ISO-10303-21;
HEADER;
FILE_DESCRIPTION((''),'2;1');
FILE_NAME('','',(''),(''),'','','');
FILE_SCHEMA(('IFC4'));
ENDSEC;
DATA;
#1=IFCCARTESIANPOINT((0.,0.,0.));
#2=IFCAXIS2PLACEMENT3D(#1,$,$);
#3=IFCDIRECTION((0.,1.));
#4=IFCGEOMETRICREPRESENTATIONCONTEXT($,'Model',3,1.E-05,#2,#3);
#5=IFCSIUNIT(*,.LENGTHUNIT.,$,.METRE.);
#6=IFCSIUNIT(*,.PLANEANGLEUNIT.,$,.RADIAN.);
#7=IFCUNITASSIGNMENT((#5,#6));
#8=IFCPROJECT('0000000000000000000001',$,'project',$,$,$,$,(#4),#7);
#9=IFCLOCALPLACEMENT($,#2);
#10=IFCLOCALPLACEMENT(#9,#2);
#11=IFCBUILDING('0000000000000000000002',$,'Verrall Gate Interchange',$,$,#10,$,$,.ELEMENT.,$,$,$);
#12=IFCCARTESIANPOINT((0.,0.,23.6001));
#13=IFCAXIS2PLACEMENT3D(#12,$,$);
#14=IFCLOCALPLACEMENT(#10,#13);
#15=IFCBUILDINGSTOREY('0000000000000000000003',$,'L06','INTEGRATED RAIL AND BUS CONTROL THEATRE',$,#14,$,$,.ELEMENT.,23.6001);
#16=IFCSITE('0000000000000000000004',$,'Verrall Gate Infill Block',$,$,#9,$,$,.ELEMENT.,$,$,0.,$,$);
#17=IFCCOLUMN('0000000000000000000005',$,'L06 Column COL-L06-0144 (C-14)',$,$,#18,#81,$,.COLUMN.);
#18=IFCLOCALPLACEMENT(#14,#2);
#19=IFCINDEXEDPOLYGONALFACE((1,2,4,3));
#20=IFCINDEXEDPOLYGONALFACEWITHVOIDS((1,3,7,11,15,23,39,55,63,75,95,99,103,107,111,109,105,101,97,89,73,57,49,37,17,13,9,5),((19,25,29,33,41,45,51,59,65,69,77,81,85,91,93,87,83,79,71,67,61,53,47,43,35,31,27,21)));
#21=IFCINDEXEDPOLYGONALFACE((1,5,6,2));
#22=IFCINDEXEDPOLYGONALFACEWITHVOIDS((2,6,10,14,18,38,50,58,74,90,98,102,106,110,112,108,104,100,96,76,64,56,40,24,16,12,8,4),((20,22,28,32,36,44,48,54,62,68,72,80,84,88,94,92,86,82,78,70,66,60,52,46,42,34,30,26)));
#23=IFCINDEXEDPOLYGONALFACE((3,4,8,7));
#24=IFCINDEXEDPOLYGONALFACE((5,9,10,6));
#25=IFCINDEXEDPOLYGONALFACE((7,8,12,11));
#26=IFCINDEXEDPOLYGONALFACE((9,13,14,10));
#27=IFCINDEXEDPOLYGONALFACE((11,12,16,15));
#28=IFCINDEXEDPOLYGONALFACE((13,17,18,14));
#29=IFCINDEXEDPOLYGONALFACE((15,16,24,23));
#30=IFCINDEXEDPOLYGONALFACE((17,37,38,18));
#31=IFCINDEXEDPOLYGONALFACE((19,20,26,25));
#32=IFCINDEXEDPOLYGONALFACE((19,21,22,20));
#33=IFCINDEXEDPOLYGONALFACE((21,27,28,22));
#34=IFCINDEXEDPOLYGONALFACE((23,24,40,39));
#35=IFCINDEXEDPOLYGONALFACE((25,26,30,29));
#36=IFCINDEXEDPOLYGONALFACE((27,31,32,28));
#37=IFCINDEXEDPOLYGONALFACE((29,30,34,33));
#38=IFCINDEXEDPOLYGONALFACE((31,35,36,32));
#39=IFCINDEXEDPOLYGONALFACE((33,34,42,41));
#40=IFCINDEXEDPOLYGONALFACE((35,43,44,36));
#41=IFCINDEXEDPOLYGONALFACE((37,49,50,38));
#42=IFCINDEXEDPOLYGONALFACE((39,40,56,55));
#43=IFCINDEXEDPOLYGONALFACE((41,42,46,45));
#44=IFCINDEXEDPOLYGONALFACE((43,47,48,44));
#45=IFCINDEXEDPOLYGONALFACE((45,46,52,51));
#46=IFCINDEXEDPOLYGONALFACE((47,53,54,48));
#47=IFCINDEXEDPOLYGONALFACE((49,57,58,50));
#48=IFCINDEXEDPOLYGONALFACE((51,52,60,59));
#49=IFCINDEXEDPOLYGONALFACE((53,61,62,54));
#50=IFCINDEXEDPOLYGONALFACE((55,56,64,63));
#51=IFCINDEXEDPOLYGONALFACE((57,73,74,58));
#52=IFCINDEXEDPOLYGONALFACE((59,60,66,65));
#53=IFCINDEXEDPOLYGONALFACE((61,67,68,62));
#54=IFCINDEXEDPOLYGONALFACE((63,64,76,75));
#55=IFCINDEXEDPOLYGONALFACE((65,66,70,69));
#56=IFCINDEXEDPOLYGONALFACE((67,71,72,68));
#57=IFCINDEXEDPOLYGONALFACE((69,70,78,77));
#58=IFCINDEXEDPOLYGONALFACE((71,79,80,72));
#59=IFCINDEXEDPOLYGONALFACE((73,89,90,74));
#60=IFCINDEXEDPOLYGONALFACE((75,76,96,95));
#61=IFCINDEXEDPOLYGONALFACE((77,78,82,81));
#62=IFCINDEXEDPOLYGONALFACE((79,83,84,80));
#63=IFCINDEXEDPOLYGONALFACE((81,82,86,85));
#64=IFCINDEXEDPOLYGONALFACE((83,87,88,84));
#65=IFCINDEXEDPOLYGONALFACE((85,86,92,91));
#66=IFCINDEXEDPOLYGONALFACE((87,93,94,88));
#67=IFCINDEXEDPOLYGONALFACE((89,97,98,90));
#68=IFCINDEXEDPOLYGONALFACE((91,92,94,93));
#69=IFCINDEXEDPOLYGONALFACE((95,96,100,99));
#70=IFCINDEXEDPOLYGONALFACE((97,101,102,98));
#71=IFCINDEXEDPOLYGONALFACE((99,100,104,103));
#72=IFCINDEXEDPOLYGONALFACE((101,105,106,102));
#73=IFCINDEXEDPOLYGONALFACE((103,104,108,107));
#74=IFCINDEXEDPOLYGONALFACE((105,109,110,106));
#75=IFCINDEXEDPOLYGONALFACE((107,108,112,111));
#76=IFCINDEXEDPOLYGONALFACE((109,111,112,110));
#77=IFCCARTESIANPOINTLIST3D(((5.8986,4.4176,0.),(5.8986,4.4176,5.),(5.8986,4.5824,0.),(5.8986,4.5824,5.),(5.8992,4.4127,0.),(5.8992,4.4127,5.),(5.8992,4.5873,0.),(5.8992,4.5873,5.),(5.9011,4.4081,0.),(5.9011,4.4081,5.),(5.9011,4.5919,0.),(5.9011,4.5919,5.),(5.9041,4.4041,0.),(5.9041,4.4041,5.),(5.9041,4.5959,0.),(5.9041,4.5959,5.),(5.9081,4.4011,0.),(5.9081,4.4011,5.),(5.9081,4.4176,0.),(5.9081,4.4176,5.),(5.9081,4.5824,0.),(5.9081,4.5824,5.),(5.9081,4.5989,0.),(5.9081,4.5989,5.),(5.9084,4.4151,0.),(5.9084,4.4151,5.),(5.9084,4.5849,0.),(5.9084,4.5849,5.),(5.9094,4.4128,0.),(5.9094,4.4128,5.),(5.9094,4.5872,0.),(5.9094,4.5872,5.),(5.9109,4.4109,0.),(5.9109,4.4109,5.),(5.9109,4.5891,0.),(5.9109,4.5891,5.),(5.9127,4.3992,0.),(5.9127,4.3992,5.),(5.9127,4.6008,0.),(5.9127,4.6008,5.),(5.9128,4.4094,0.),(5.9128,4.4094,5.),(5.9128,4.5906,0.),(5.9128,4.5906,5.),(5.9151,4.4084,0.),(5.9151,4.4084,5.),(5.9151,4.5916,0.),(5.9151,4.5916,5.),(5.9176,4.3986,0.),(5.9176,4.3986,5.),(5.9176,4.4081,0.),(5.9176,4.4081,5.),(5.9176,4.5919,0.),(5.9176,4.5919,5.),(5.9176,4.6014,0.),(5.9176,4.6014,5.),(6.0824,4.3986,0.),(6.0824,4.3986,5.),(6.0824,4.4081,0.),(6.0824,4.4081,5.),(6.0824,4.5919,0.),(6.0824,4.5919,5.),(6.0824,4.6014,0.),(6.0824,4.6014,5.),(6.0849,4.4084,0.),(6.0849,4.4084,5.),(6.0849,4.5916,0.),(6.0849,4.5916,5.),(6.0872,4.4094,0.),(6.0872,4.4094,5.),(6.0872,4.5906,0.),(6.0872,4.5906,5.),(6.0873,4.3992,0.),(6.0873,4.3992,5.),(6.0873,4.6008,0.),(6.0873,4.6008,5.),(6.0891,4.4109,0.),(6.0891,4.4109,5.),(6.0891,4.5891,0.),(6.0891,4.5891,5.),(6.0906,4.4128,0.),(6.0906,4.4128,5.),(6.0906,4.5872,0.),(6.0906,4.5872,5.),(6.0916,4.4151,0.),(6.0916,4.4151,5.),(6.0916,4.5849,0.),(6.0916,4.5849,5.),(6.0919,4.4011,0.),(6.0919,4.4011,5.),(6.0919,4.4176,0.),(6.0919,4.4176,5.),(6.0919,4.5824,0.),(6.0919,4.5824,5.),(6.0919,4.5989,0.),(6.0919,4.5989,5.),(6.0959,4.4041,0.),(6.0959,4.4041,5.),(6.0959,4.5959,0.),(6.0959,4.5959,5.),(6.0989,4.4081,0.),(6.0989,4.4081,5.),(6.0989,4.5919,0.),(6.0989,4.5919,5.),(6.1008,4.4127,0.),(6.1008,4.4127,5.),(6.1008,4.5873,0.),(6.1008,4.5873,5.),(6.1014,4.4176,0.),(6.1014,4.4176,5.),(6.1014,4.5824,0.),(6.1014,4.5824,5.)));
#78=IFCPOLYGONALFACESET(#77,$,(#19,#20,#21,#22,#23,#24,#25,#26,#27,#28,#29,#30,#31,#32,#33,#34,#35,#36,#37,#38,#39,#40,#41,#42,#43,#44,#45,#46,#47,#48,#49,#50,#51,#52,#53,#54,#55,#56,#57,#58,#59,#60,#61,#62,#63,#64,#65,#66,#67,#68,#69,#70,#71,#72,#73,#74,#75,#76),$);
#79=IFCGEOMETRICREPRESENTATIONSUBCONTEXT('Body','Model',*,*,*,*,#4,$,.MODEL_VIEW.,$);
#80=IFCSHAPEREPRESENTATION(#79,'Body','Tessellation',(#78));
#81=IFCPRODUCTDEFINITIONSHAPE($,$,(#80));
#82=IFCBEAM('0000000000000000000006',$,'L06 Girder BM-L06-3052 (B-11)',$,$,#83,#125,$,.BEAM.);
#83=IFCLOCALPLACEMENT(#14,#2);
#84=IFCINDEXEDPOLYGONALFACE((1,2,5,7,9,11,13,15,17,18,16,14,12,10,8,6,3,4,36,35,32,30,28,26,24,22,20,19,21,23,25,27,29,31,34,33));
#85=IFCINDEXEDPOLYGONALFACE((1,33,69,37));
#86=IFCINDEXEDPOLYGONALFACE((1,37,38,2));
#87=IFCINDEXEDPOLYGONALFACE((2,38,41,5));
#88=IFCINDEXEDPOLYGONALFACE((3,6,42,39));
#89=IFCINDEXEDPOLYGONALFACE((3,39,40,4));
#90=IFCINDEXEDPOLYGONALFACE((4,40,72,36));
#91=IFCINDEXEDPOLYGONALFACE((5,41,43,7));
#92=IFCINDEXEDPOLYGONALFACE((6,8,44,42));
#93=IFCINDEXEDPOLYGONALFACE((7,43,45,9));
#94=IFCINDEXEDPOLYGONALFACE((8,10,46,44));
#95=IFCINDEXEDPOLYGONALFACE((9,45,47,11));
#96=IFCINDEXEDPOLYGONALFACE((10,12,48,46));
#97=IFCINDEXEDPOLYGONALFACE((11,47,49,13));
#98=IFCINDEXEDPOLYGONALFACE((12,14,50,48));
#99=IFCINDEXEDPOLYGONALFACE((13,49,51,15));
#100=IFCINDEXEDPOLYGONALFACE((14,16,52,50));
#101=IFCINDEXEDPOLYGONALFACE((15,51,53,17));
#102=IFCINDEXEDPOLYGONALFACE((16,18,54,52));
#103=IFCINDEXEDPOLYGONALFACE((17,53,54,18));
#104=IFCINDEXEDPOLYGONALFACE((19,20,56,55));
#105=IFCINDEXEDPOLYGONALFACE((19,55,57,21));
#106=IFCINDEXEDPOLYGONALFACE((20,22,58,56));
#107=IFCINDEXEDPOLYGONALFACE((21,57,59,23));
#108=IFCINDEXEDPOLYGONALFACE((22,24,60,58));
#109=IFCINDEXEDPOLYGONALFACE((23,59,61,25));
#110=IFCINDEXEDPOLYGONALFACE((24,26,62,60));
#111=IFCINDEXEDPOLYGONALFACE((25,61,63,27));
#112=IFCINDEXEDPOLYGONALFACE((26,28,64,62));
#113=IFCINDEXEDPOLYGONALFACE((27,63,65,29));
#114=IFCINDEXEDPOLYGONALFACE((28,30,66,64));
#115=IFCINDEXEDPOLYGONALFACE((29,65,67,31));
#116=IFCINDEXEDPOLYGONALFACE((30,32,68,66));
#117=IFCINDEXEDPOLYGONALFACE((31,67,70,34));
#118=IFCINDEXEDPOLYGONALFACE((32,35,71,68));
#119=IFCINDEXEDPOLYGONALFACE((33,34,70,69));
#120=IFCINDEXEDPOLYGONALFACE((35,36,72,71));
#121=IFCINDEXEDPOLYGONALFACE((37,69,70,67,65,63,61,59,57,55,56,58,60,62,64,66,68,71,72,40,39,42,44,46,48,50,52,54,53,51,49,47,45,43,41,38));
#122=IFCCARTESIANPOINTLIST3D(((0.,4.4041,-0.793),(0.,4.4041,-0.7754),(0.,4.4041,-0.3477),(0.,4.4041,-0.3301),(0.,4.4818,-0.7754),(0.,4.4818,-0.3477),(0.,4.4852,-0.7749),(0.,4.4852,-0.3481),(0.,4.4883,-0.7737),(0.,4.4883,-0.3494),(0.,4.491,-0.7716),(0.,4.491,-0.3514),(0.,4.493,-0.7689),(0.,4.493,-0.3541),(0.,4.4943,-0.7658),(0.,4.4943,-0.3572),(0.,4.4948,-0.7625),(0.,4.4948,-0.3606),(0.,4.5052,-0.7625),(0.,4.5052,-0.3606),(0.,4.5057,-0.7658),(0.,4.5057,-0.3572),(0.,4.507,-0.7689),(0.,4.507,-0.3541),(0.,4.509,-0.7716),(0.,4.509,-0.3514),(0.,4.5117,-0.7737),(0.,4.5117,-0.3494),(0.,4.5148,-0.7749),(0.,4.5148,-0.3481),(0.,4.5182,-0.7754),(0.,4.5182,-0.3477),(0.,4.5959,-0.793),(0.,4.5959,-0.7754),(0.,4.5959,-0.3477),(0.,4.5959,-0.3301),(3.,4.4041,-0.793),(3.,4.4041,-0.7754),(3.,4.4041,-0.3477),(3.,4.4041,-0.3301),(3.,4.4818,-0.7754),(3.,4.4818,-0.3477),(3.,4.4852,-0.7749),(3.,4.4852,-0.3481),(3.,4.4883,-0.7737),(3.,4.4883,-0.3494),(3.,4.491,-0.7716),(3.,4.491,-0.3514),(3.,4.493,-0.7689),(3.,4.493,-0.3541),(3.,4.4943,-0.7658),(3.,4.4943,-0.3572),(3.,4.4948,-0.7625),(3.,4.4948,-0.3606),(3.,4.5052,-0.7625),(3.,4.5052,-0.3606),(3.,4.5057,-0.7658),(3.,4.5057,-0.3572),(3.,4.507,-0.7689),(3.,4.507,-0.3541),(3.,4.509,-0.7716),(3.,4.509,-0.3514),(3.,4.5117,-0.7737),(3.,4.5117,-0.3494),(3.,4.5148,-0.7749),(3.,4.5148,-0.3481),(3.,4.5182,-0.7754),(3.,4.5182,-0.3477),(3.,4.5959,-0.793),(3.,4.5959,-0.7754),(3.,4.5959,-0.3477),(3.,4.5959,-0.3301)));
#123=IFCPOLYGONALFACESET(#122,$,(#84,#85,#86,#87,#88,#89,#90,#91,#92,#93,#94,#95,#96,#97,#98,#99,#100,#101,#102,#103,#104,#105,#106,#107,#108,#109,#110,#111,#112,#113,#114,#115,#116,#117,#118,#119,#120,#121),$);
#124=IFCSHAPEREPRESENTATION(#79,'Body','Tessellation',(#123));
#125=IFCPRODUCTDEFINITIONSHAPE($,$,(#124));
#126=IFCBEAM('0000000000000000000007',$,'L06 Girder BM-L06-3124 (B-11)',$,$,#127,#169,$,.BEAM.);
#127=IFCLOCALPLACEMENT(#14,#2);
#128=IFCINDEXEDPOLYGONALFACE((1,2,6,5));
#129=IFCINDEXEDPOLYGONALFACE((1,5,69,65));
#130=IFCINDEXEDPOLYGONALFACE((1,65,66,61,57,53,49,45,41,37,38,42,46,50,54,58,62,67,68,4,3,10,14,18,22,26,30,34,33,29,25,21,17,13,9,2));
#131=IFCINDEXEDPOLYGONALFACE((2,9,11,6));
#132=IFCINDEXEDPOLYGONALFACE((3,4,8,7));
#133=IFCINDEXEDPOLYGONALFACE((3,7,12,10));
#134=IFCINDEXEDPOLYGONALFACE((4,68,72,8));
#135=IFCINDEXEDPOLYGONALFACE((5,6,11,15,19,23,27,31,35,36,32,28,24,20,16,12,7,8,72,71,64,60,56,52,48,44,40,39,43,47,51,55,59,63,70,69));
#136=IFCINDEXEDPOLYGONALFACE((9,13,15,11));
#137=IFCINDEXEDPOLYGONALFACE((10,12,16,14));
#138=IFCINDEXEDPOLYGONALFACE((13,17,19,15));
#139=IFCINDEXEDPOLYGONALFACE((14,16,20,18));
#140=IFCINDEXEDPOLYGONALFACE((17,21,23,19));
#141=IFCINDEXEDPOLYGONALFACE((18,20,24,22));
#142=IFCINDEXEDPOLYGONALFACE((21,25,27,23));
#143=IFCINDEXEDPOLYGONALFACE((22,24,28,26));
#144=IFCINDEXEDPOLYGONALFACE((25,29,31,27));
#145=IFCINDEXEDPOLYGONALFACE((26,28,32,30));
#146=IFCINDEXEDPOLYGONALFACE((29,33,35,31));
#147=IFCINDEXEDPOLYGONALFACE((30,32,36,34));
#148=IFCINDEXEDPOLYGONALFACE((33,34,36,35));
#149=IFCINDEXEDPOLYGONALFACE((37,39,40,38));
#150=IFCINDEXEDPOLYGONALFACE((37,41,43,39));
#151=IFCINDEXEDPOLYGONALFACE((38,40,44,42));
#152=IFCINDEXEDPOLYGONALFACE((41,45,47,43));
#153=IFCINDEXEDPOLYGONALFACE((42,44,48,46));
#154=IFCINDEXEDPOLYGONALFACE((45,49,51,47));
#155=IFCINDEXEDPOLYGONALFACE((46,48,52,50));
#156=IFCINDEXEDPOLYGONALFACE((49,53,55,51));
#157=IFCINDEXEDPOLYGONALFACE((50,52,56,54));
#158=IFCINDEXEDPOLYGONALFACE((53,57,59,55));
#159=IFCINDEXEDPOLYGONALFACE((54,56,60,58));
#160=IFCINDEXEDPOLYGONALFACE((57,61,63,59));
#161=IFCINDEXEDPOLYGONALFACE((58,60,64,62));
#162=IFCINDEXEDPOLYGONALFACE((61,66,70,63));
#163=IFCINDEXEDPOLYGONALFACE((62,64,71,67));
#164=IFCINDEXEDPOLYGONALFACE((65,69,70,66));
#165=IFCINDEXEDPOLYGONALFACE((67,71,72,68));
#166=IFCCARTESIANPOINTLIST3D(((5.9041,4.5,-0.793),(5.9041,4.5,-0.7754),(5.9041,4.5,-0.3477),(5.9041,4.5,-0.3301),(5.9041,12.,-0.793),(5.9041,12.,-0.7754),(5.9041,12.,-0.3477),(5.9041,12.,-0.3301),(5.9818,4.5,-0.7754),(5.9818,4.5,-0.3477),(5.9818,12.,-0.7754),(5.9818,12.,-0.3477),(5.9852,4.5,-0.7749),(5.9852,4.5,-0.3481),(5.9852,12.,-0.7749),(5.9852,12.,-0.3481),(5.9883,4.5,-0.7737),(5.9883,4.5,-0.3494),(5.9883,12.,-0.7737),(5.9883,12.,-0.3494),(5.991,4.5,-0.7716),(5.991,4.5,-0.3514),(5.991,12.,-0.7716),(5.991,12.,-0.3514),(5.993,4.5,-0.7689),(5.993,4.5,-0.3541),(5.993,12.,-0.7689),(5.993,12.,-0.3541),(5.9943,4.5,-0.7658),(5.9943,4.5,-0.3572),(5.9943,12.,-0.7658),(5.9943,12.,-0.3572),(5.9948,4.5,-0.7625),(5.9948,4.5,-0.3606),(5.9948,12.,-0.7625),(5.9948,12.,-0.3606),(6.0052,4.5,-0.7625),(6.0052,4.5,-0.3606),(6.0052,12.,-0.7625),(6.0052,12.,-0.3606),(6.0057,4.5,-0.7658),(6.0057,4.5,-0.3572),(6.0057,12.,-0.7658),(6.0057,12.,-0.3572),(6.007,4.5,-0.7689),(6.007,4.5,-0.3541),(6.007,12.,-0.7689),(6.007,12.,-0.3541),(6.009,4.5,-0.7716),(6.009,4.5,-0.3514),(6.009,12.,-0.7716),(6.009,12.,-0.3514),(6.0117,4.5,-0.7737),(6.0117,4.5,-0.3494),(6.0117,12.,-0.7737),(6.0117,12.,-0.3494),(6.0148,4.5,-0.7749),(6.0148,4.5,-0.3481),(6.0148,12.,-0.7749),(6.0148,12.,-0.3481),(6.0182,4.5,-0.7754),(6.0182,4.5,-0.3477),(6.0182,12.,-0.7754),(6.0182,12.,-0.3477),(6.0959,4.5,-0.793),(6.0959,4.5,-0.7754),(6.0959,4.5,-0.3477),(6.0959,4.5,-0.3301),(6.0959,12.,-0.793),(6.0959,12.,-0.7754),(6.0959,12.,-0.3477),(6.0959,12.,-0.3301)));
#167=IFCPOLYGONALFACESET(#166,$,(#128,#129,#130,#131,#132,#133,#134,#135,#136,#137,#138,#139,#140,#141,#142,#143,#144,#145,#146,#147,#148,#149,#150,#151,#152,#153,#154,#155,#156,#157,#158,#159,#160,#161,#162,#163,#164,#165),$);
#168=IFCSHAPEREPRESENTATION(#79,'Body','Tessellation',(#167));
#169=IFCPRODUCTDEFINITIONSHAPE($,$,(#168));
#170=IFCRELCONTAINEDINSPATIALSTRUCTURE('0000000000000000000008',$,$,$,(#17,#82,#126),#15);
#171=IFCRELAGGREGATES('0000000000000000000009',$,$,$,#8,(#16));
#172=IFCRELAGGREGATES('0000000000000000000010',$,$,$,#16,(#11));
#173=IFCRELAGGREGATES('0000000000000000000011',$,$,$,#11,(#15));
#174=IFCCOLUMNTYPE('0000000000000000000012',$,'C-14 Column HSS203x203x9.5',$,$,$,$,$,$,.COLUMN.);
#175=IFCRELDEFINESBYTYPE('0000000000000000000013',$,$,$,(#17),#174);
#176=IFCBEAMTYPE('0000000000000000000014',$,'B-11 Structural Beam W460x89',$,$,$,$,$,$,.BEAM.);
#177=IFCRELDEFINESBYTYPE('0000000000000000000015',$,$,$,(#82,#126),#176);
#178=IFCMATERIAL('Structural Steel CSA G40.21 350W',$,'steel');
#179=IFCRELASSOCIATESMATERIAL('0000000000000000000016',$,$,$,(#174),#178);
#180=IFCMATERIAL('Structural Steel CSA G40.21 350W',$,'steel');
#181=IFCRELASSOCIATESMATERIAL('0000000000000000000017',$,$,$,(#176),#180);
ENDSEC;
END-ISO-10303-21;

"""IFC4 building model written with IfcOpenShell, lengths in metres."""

from ifc_helpers import new_model, si_unit, direction, frame, origin, origin_2d, place, context, subcontext, project, spatial, hollow_rectangle, i_section, extrude, material, material_profile, profile_set, type_object, element, save


model = new_model("IFC4")

# Units and contexts
model_context = context("Model", 3, precision=1e-05, world=origin(), true_north=direction((0.0, 1.0)))
body_context = subcontext(model_context, "Body", "Model", "MODEL_VIEW")
ifc_project = project(units=[si_unit("LENGTHUNIT", "METRE"), si_unit("PLANEANGLEUNIT", "RADIAN")], contexts=[model_context])

# Site, building, storey
site_placement = place(None, origin())
site = spatial("IfcSite", under=ifc_project, at=site_placement, Name="Verrall Gate Infill Block", CompositionType="ELEMENT", RefElevation=0.0)
building_placement = place(site_placement, origin())
building = spatial("IfcBuilding", under=site, at=building_placement, Name="Verrall Gate Interchange", CompositionType="ELEMENT")
storey_placement = place(building_placement, frame((0.0, 0.0, 23.6001)))
storey = spatial("IfcBuildingStorey", under=building, at=storey_placement, Name="L06", Description="INTEGRATED RAIL AND BUS CONTROL THEATRE", CompositionType="ELEMENT", Elevation=23.6001)

# Column
ifc_material_1 = material(Name="Structural Steel CSA G40.21 350W", Category="steel")
ifc_material_profile_1 = material_profile(ifc_material_1, hollow_rectangle(XDim=0.2029, YDim=0.2029, WallThickness=0.0095, InnerFilletRadius=0.0095, OuterFilletRadius=0.019, at=origin_2d()), Name="HSS203x203x9.5")
ifc_profile_set_1 = profile_set([ifc_material_profile_1], Name="Structural Steel CSA G40.21 350W")
column_type = type_object("IfcColumnType", Name="C-14 Column HSS203x203x9.5", PredefinedType="COLUMN", material=ifc_profile_set_1)
column_placement = place(storey_placement, frame((6.0, 4.5, 0.0), z_axis=(0.0, 0.0, 1.0), x_axis=(1.0, 0.0, 0.0)))
element("IfcColumn", 1, at=column_placement, inside=storey, type_object=column_type, Name="L06 Column COL-L06-0144 (C-14)", PredefinedType="COLUMN", context=body_context, shape_type="SweptSolid", body=[
    extrude(hollow_rectangle(XDim=0.2029, YDim=0.2029, WallThickness=0.0095, InnerFilletRadius=0.0095, OuterFilletRadius=0.019, at=origin_2d()), origin(), (0.0, 0.0, 1.0), 5.0),
])

# Beams
ifc_material_2 = material(Name="Structural Steel CSA G40.21 350W", Category="steel")
ifc_material_profile_2 = material_profile(ifc_material_2, i_section(OverallWidth=0.1919, OverallDepth=0.4629, WebThickness=0.0105, FlangeThickness=0.0176, FilletRadius=0.0129, at=origin_2d()), Name="W460x89")
ifc_profile_set_2 = profile_set([ifc_material_profile_2], Name="Structural Steel CSA G40.21 350W")
beam_type_1 = type_object("IfcBeamType", Name="B-11 Structural Beam W460x89", PredefinedType="BEAM", material=ifc_profile_set_2)
beam_1_placement = place(storey_placement, frame((0.0, 4.5, -0.5615), z_axis=(1.0, 0.0, 0.0), x_axis=(0.0, 1.0, 0.0)))
element("IfcBeam", 2, at=beam_1_placement, inside=storey, type_object=beam_type_1, Name="L06 Girder BM-L06-3052 (B-11)", PredefinedType="BEAM", context=body_context, shape_type="SweptSolid", body=[
    extrude(i_section(OverallWidth=0.1919, OverallDepth=0.4629, WebThickness=0.0105, FlangeThickness=0.0176, FilletRadius=0.0129, at=origin_2d()), origin(), (0.0, 0.0, 1.0), 3.0),
])
beam_2_placement = place(storey_placement, frame((6.0, 4.5, -0.5615), z_axis=(0.0, 1.0, 0.0), x_axis=(-1.0, 0.0, 0.0)))
element("IfcBeam", 3, at=beam_2_placement, inside=storey, type_object=beam_type_1, Name="L06 Girder BM-L06-3124 (B-11)", PredefinedType="BEAM", context=body_context, shape_type="SweptSolid", body=[
    extrude(i_section(OverallWidth=0.1919, OverallDepth=0.4629, WebThickness=0.0105, FlangeThickness=0.0176, FilletRadius=0.0129, at=origin_2d()), origin(), (0.0, 0.0, 1.0), 7.5),
])

save(model, "model.ifc")
